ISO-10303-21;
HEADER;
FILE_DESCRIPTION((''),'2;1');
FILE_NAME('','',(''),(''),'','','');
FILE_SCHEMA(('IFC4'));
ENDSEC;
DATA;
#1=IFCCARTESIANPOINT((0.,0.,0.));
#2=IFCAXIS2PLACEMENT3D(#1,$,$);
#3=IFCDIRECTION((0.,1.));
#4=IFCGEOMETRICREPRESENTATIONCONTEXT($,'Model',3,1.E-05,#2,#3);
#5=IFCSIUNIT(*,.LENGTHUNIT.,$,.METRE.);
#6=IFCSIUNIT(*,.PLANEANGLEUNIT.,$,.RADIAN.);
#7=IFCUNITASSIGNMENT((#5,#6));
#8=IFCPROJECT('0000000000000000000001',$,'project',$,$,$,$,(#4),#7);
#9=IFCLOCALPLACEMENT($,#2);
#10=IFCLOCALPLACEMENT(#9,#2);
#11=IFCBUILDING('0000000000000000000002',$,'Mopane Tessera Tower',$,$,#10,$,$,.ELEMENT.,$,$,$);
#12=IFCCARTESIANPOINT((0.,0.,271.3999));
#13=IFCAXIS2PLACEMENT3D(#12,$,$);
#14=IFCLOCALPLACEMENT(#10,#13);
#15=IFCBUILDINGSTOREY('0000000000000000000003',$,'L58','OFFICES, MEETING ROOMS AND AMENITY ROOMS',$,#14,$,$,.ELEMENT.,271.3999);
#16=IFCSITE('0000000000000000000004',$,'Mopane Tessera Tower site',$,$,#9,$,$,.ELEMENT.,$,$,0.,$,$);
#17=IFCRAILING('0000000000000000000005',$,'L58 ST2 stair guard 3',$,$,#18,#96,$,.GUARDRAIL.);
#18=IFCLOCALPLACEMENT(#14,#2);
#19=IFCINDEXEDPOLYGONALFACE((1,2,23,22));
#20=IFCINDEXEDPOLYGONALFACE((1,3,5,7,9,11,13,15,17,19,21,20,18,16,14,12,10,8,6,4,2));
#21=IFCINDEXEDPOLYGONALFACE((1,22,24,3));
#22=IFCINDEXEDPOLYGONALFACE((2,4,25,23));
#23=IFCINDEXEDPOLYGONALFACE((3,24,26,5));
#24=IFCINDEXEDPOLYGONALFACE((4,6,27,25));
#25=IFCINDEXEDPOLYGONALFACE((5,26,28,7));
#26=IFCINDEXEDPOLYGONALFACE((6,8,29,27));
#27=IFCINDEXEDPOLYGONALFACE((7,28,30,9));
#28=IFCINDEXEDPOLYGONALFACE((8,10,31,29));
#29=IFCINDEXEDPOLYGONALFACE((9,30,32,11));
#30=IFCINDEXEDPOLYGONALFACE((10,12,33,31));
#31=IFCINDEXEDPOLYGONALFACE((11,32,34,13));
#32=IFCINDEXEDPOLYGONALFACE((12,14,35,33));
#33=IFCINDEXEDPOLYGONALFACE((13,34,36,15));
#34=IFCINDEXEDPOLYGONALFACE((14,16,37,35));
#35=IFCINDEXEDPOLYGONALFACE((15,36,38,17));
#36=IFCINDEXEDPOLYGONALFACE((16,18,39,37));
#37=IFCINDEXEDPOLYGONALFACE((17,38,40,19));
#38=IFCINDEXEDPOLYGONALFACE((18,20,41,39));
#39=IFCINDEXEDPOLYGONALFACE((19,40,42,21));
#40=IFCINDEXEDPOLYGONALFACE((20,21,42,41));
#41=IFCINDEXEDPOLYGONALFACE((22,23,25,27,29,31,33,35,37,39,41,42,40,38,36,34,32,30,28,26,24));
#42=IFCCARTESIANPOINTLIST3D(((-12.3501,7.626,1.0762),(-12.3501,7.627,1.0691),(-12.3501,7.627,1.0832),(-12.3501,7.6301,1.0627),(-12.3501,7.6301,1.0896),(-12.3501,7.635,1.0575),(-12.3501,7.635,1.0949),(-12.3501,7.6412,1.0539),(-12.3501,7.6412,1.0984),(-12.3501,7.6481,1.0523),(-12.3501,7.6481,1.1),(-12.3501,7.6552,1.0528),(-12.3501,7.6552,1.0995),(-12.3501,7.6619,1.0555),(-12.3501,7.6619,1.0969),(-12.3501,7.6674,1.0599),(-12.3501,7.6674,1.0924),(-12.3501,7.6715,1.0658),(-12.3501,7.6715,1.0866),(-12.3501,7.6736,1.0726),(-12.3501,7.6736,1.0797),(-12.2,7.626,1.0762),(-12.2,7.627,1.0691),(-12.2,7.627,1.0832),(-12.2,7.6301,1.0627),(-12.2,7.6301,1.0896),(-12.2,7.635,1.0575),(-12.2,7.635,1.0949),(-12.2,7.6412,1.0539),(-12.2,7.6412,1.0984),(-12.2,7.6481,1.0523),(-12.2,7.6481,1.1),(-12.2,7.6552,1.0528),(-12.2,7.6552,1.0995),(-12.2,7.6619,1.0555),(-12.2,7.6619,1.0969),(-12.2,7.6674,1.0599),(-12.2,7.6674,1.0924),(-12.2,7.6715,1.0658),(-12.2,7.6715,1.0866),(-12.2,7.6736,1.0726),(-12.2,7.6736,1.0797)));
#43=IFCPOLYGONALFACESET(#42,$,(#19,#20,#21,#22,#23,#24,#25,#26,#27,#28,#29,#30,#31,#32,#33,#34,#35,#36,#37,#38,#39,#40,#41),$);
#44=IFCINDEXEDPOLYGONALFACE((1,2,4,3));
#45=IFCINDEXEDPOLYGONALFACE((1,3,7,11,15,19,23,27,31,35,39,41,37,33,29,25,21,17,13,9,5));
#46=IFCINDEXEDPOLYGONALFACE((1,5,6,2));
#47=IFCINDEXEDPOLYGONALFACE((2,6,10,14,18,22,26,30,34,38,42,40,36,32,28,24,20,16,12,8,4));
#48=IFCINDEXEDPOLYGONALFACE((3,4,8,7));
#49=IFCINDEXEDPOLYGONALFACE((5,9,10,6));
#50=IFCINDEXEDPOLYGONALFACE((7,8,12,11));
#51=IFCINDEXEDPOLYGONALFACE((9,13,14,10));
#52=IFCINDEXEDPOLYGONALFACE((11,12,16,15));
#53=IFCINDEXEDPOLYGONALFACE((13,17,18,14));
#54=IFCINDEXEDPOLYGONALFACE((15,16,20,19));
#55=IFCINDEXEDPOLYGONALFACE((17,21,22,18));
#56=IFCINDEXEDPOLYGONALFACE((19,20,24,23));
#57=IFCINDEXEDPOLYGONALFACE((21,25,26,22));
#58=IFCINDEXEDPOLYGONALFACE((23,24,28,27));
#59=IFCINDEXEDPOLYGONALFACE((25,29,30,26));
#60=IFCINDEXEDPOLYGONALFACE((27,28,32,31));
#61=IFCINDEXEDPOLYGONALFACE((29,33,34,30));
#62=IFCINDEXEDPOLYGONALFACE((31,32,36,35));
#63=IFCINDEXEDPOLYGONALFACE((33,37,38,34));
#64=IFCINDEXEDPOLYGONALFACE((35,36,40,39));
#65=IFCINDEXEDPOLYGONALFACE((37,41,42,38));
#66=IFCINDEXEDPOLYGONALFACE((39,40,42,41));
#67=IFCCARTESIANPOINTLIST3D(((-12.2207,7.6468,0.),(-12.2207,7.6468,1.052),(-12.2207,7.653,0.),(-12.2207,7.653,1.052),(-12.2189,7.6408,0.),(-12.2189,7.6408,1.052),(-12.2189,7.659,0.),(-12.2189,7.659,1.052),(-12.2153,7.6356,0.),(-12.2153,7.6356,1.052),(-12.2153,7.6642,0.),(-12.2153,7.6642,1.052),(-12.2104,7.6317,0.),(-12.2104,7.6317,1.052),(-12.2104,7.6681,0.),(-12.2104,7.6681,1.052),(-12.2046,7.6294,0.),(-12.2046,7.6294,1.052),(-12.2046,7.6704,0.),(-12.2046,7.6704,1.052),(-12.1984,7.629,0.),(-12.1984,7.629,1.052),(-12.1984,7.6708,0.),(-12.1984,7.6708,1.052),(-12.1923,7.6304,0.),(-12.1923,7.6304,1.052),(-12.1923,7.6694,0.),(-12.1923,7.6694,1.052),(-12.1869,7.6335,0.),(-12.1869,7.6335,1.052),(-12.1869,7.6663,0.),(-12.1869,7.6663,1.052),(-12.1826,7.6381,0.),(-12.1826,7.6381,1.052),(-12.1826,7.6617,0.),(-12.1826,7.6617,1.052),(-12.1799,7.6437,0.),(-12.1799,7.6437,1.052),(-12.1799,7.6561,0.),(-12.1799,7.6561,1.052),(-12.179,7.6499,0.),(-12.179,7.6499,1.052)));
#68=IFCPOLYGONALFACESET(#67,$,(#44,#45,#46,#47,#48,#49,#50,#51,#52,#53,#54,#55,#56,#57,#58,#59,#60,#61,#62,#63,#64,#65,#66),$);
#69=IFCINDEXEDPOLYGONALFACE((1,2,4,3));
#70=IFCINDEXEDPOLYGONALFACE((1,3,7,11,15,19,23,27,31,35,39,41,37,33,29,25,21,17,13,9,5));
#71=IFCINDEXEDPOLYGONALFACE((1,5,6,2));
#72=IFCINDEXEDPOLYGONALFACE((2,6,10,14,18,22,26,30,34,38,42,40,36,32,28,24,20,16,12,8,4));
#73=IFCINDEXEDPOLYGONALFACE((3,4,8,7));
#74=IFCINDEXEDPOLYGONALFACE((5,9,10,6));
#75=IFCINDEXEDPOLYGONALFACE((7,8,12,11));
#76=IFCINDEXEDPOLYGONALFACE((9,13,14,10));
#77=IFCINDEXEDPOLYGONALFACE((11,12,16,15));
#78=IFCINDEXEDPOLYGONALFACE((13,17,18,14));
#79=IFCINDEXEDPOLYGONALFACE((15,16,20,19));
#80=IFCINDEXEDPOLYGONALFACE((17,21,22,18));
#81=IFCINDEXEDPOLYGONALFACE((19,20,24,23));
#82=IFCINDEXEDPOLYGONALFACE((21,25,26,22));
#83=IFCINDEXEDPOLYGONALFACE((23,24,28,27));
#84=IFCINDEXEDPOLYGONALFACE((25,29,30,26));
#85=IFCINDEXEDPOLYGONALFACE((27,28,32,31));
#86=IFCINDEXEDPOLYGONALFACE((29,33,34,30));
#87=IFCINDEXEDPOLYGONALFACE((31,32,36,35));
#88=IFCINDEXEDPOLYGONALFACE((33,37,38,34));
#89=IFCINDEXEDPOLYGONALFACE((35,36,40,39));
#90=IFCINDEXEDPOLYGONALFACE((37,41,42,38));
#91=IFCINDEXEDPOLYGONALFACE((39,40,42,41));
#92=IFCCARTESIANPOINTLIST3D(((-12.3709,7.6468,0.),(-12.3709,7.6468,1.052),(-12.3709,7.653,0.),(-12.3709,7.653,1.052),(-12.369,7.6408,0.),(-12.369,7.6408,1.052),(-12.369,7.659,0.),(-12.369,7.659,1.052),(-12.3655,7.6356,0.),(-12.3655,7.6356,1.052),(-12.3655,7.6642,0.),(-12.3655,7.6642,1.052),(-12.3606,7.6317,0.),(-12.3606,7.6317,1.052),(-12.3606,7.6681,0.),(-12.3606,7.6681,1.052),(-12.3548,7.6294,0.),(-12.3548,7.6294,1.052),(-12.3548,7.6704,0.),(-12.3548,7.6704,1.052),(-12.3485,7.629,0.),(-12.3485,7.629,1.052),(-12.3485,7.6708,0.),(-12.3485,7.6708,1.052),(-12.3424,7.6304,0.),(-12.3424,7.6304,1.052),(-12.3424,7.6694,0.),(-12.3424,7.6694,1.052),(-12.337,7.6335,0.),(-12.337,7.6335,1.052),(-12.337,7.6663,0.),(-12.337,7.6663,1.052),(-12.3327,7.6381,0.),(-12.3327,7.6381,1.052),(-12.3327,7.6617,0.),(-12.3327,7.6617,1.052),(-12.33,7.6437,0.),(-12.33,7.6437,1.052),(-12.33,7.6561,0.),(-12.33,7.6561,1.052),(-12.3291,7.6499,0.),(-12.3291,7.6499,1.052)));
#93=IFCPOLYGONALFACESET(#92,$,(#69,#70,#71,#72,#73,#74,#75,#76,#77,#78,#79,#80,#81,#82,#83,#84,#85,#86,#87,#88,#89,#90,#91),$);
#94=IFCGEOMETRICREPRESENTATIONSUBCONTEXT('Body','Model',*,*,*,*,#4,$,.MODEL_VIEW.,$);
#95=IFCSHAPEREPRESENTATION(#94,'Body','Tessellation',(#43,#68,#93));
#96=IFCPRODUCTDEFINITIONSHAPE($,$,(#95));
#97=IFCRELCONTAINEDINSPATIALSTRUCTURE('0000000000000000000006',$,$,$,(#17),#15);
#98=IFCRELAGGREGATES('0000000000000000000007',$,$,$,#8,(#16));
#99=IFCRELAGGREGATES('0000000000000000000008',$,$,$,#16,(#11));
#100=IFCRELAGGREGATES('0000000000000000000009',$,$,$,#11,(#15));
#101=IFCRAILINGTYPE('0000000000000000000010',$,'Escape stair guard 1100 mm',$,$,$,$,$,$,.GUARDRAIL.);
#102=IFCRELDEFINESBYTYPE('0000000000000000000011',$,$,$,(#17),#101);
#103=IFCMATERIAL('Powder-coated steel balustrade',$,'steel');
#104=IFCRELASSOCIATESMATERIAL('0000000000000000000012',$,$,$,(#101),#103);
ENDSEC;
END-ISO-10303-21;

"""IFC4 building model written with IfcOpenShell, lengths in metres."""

from ifc_helpers import new_model, si_unit, direction, frame, origin, origin_2d, place, context, subcontext, project, spatial, circle, extrude, material, type_object, element, save


model = new_model("IFC4")

# Units and contexts
model_context = context("Model", 3, precision=1e-05, world=origin(), true_north=direction((0.0, 1.0)))
body_context = subcontext(model_context, "Body", "Model", "MODEL_VIEW")
ifc_project = project(units=[si_unit("LENGTHUNIT", "METRE"), si_unit("PLANEANGLEUNIT", "RADIAN")], contexts=[model_context])

# Site, building, storey
site_placement = place(None, origin())
site = spatial("IfcSite", under=ifc_project, at=site_placement, Name="Mopane Tessera Tower site", CompositionType="ELEMENT", RefElevation=0.0)
building_placement = place(site_placement, origin())
building = spatial("IfcBuilding", under=site, at=building_placement, Name="Mopane Tessera Tower", CompositionType="ELEMENT")
storey_placement = place(building_placement, frame((0.0, 0.0, 271.3999)))
storey = spatial("IfcBuildingStorey", under=building, at=storey_placement, Name="L58", Description="OFFICES, MEETING ROOMS AND AMENITY ROOMS", CompositionType="ELEMENT", Elevation=271.3999)

# Railing
ifc_material_1 = material(Name="Powder-coated steel balustrade", Category="steel")
railing_type_1 = type_object("IfcRailingType", Name="Escape stair guard 1100 mm", PredefinedType="GUARDRAIL", material=ifc_material_1)
railing_1_placement = place(storey_placement, frame((-12.2, 7.6499, 0.0)))
element("IfcRailing", 1, at=railing_1_placement, inside=storey, type_object=railing_type_1, Name="L58 ST2 stair guard 3", PredefinedType="GUARDRAIL", context=body_context, shape_type="SweptSolid", body=[
    extrude(circle(Radius=0.0239, at=origin_2d()), frame((0.0, 0.0, 1.0762), z_axis=(-1.0, 0.0, 0.0), x_axis=(0.0, -1.0, 0.0)), (0.0, 0.0, 1.0), 0.1501),
    extrude(circle(Radius=0.021, at=origin_2d()), origin(), (0.0, 0.0, 1.0), 1.052),
    extrude(circle(Radius=0.021, at=origin_2d()), frame((-0.1501, 0.0, 0.0)), (0.0, 0.0, 1.0), 1.052),
])

save(model, "model.ifc")
